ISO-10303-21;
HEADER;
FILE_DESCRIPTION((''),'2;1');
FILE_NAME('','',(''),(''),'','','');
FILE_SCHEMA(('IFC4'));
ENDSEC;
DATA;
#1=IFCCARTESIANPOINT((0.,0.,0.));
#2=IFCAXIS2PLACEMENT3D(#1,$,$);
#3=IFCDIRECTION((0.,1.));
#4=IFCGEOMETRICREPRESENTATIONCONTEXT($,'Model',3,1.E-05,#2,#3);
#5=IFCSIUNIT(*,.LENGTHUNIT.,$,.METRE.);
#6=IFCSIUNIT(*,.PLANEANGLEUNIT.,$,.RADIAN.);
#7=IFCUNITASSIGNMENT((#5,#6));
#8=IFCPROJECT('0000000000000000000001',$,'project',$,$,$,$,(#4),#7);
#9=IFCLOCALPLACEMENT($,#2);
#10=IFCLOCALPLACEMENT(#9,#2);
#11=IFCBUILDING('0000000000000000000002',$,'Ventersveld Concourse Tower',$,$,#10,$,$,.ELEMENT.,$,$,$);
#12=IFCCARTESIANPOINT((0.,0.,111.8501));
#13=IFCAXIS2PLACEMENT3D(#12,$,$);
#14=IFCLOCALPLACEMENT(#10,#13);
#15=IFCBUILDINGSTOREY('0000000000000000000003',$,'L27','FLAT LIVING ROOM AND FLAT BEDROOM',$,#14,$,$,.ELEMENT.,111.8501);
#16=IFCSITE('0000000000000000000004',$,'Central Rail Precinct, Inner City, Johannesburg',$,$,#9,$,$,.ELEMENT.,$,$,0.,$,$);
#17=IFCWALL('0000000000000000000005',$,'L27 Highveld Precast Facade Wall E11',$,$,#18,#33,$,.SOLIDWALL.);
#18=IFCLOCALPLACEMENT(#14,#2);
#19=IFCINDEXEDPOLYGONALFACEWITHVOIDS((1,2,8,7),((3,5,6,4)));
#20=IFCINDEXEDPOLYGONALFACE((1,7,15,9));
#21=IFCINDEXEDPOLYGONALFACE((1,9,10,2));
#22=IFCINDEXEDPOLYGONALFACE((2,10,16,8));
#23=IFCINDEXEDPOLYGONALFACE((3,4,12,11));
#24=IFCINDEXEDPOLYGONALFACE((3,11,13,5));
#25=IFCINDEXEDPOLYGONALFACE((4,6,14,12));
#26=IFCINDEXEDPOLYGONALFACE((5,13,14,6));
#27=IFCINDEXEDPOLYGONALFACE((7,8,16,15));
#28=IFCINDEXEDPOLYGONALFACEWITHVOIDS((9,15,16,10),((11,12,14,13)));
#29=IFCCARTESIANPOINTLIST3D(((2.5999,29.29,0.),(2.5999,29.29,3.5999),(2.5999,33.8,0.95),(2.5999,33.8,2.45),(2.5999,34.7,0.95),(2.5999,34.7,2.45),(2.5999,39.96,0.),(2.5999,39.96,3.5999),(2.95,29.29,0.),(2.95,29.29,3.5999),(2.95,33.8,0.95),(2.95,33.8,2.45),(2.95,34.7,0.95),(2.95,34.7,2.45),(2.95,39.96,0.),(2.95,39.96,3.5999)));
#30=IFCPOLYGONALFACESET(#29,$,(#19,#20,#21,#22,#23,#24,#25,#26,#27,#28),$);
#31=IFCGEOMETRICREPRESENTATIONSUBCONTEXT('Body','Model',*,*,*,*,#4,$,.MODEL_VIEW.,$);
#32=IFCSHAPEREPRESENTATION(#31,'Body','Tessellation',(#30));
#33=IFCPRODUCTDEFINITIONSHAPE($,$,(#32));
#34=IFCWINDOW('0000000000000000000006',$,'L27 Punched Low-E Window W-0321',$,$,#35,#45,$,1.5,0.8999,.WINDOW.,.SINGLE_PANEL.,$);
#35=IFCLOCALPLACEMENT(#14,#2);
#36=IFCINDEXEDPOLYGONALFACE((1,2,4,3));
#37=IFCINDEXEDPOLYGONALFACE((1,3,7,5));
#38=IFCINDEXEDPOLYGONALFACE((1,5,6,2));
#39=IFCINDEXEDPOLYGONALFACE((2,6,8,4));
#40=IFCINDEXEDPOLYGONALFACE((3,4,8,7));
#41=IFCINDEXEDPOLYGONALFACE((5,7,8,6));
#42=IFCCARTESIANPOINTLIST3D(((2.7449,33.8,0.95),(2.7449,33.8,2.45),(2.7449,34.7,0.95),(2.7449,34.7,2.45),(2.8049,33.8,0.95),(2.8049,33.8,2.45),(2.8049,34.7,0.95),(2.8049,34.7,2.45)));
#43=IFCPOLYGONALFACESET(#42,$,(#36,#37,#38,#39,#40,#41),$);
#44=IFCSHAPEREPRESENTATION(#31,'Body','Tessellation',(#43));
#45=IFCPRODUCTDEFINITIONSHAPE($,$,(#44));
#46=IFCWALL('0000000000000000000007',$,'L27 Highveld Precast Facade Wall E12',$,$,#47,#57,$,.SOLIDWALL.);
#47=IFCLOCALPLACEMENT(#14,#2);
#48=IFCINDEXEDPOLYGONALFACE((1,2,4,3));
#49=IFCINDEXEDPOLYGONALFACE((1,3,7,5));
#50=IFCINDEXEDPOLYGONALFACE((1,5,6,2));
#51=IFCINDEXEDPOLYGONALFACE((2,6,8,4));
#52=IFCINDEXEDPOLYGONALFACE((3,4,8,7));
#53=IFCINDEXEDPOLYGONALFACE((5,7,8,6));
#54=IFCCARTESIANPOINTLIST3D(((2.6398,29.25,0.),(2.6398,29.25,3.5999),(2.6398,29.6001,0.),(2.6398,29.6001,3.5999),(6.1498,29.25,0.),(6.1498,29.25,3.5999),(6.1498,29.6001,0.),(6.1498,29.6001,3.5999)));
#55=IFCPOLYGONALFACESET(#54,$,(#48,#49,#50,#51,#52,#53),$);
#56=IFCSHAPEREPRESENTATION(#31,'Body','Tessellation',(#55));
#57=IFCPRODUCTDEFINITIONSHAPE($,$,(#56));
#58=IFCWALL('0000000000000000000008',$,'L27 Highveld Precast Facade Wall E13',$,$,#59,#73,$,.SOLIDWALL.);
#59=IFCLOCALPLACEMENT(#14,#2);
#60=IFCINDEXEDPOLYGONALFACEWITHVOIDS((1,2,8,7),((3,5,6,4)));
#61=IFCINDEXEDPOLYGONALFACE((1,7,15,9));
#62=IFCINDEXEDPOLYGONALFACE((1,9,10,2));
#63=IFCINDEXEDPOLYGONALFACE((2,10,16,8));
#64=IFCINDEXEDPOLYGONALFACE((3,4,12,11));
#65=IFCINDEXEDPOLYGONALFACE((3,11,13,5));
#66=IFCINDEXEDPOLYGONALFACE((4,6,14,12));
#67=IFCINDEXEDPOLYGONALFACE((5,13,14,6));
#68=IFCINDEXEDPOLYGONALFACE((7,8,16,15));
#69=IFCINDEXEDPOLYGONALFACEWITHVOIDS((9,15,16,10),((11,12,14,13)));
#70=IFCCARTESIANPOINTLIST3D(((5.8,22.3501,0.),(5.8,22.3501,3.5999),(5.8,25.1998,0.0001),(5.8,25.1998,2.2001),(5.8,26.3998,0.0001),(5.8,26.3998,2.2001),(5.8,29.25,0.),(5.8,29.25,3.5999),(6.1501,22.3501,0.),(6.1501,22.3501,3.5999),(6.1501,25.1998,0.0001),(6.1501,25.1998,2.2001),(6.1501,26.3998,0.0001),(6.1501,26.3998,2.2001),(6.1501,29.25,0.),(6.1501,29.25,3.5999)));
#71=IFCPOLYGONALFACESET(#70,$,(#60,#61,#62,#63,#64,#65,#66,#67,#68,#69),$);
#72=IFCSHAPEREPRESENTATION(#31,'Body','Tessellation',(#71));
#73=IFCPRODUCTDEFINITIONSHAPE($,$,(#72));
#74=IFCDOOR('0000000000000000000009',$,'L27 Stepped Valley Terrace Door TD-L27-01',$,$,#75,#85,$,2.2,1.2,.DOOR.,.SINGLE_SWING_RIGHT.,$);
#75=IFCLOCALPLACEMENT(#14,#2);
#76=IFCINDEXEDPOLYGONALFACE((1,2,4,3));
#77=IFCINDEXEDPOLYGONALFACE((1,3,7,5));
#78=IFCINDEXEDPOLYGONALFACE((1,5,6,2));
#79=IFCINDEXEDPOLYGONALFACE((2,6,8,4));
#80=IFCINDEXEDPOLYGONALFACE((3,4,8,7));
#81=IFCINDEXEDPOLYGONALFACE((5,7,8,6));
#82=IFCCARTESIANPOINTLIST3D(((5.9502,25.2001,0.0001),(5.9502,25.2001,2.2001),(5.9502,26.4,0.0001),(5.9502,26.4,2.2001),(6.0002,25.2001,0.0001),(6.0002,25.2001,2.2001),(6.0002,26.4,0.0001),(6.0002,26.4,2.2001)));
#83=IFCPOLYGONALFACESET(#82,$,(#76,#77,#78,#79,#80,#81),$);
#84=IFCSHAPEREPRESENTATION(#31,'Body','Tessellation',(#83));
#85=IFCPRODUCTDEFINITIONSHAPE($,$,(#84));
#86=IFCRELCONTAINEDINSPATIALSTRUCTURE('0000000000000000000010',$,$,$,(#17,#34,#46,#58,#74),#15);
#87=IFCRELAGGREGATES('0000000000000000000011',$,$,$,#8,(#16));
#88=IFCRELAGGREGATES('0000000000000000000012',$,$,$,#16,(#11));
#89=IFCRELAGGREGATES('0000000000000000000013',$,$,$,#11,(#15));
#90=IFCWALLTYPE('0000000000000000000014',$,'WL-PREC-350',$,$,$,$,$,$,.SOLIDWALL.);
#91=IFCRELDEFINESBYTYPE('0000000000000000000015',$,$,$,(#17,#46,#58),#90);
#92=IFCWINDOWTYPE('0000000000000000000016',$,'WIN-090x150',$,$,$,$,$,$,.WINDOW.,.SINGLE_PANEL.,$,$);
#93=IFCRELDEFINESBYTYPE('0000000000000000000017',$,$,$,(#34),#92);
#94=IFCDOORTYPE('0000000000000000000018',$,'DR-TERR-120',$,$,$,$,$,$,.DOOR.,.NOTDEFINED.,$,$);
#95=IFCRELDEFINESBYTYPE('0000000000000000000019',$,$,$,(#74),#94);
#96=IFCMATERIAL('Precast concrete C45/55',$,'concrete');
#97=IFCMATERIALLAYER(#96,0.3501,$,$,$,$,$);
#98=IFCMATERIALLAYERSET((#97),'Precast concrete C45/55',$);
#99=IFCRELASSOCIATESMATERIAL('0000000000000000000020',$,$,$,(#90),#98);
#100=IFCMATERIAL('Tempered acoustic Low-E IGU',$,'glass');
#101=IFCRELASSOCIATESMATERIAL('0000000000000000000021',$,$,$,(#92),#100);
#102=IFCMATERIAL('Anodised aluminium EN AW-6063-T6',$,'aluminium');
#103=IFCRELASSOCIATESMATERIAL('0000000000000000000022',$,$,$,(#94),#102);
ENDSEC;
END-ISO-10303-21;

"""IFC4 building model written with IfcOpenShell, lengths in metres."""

from ifc_helpers import new_model, si_unit, direction, frame, frame_2d, origin, place, context, subcontext, project, spatial, rectangle, extrude, material, layer, layer_set, type_object, element, fill, save


model = new_model("IFC4")

# Units and contexts
model_context = context("Model", 3, precision=1e-05, world=origin(), true_north=direction((0.0, 1.0)))
body_context = subcontext(model_context, "Body", "Model", "MODEL_VIEW")
ifc_project = project(units=[si_unit("LENGTHUNIT", "METRE"), si_unit("PLANEANGLEUNIT", "RADIAN")], contexts=[model_context])

# Site, building, storey
site_placement = place(None, origin())
site = spatial("IfcSite", under=ifc_project, at=site_placement, Name="Central Rail Precinct, Inner City, Johannesburg", CompositionType="ELEMENT", RefElevation=0.0)
building_placement = place(site_placement, origin())
building = spatial("IfcBuilding", under=site, at=building_placement, Name="Ventersveld Concourse Tower", CompositionType="ELEMENT")
storey_placement = place(building_placement, frame((0.0, 0.0, 111.8501)))
storey = spatial("IfcBuildingStorey", under=building, at=storey_placement, Name="L27", Description="FLAT LIVING ROOM AND FLAT BEDROOM", CompositionType="ELEMENT", Elevation=111.8501)

# Wall, opening, window
ifc_material_1 = material(Name="Precast concrete C45/55", Category="concrete")
ifc_layer_1 = layer(ifc_material_1, 0.3501)
ifc_layer_set_1 = layer_set([ifc_layer_1], Name="Precast concrete C45/55")
wall_type_1 = type_object("IfcWallType", Name="WL-PREC-350", PredefinedType="SOLIDWALL", material=ifc_layer_set_1)
ifc_material_2 = material(Name="Tempered acoustic Low-E IGU", Category="glass")
wall_1_placement = place(storey_placement, frame((2.7749, 39.96, 0.0), z_axis=(0.0, 0.0, 1.0), x_axis=(0.0, -1.0, 0.0)))
wall_1 = element("IfcWall", 1, at=wall_1_placement, inside=storey, type_object=wall_type_1, Name="L27 Highveld Precast Facade Wall E11", PredefinedType="SOLIDWALL", context=body_context, shape_type="SweptSolid", body=[
    extrude(rectangle(XDim=10.6699, YDim=0.3501, at=frame_2d((5.335, 0.0))), origin(), (0.0, 0.0, 1.0), 3.5999),
])
opening_1_placement = place(wall_1_placement, frame((5.26, 0.0, 0.95)))
opening_1 = element("IfcOpeningElement", 2, at=opening_1_placement, cuts=wall_1, PredefinedType="OPENING", context=body_context, shape_type="SweptSolid", body=[
    extrude(rectangle(XDim=0.8999, YDim=1.5, at=frame_2d((0.45, 0.75))), frame((0.0, 0.1851, 0.0), z_axis=(0.0, -1.0, 0.0), x_axis=(1.0, 0.0, 0.0)), (0.0, 0.0, 1.0), 0.3701),
])
window_type_1 = type_object("IfcWindowType", Name="WIN-090x150", PartitioningType="SINGLE_PANEL", PredefinedType="WINDOW", material=ifc_material_2)
window_1_placement = place(opening_1_placement, origin())
window_1 = element("IfcWindow", 3, at=window_1_placement, inside=storey, type_object=window_type_1, Name="L27 Punched Low-E Window W-0321", OverallHeight=1.5, OverallWidth=0.8999, PartitioningType="SINGLE_PANEL", PredefinedType="WINDOW", context=body_context, shape_type="SweptSolid", body=[
    extrude(rectangle(XDim=0.8999, YDim=1.5, at=frame_2d((0.45, 0.75))), frame((0.0, 0.03, 0.0), z_axis=(0.0, -1.0, 0.0), x_axis=(1.0, 0.0, 0.0)), (0.0, 0.0, 1.0), 0.0601),
])
fill(opening_1, window_1)

# Wall
wall_2_placement = place(storey_placement, frame((2.6399, 29.425, 0.0), z_axis=(0.0, 0.0, 1.0), x_axis=(1.0, 0.0, 0.0)))
element("IfcWall", 4, at=wall_2_placement, inside=storey, type_object=wall_type_1, Name="L27 Highveld Precast Facade Wall E12", PredefinedType="SOLIDWALL", context=body_context, shape_type="SweptSolid", body=[
    extrude(rectangle(XDim=3.51, YDim=0.3501, at=frame_2d((1.7549, 0.0))), origin(), (0.0, 0.0, 1.0), 3.5999),
])

# Wall, opening, door
wall_3_placement = place(storey_placement, frame((5.9751, 29.25, 0.0), z_axis=(0.0, 0.0, 1.0), x_axis=(0.0, -1.0, 0.0)))
wall_3 = element("IfcWall", 5, at=wall_3_placement, inside=storey, type_object=wall_type_1, Name="L27 Highveld Precast Facade Wall E13", PredefinedType="SOLIDWALL", context=body_context, shape_type="SweptSolid", body=[
    extrude(rectangle(XDim=6.8999, YDim=0.3501, at=frame_2d((3.45, 0.0))), origin(), (0.0, 0.0, 1.0), 3.5999),
])
opening_2_placement = place(wall_3_placement, frame((2.8501, 0.0, 0.0)))
opening_2 = element("IfcOpeningElement", 6, at=opening_2_placement, cuts=wall_3, PredefinedType="OPENING", context=body_context, shape_type="SweptSolid", body=[
    extrude(rectangle(XDim=1.2, YDim=2.2, at=frame_2d((0.6001, 1.1001))), frame((0.0, 0.1851, 0.0), z_axis=(0.0, -1.0, 0.0), x_axis=(1.0, 0.0, 0.0)), (0.0, 0.0, 1.0), 0.3701),
])
ifc_material_3 = material(Name="Anodised aluminium EN AW-6063-T6", Category="aluminium")
door_type_1 = type_object("IfcDoorType", Name="DR-TERR-120", OperationType="NOTDEFINED", PredefinedType="DOOR", material=ifc_material_3)
door_1_placement = place(opening_2_placement, frame((1.2, 0.0, 0.0), z_axis=(0.0, 0.0, 1.0), x_axis=(-1.0, 0.0, 0.0)))
door_1 = element("IfcDoor", 7, at=door_1_placement, inside=storey, type_object=door_type_1, Name="L27 Stepped Valley Terrace Door TD-L27-01", OperationType="SINGLE_SWING_RIGHT", OverallHeight=2.2, OverallWidth=1.2, PredefinedType="DOOR", context=body_context, shape_type="SweptSolid", body=[
    extrude(rectangle(XDim=1.2, YDim=2.2, at=frame_2d((0.6001, 1.1001))), frame((0.0, 0.0249, 0.0), z_axis=(0.0, -1.0, 0.0), x_axis=(1.0, 0.0, 0.0)), (0.0, 0.0, 1.0), 0.05),
])
fill(opening_2, door_1)

save(model, "model.ifc")
